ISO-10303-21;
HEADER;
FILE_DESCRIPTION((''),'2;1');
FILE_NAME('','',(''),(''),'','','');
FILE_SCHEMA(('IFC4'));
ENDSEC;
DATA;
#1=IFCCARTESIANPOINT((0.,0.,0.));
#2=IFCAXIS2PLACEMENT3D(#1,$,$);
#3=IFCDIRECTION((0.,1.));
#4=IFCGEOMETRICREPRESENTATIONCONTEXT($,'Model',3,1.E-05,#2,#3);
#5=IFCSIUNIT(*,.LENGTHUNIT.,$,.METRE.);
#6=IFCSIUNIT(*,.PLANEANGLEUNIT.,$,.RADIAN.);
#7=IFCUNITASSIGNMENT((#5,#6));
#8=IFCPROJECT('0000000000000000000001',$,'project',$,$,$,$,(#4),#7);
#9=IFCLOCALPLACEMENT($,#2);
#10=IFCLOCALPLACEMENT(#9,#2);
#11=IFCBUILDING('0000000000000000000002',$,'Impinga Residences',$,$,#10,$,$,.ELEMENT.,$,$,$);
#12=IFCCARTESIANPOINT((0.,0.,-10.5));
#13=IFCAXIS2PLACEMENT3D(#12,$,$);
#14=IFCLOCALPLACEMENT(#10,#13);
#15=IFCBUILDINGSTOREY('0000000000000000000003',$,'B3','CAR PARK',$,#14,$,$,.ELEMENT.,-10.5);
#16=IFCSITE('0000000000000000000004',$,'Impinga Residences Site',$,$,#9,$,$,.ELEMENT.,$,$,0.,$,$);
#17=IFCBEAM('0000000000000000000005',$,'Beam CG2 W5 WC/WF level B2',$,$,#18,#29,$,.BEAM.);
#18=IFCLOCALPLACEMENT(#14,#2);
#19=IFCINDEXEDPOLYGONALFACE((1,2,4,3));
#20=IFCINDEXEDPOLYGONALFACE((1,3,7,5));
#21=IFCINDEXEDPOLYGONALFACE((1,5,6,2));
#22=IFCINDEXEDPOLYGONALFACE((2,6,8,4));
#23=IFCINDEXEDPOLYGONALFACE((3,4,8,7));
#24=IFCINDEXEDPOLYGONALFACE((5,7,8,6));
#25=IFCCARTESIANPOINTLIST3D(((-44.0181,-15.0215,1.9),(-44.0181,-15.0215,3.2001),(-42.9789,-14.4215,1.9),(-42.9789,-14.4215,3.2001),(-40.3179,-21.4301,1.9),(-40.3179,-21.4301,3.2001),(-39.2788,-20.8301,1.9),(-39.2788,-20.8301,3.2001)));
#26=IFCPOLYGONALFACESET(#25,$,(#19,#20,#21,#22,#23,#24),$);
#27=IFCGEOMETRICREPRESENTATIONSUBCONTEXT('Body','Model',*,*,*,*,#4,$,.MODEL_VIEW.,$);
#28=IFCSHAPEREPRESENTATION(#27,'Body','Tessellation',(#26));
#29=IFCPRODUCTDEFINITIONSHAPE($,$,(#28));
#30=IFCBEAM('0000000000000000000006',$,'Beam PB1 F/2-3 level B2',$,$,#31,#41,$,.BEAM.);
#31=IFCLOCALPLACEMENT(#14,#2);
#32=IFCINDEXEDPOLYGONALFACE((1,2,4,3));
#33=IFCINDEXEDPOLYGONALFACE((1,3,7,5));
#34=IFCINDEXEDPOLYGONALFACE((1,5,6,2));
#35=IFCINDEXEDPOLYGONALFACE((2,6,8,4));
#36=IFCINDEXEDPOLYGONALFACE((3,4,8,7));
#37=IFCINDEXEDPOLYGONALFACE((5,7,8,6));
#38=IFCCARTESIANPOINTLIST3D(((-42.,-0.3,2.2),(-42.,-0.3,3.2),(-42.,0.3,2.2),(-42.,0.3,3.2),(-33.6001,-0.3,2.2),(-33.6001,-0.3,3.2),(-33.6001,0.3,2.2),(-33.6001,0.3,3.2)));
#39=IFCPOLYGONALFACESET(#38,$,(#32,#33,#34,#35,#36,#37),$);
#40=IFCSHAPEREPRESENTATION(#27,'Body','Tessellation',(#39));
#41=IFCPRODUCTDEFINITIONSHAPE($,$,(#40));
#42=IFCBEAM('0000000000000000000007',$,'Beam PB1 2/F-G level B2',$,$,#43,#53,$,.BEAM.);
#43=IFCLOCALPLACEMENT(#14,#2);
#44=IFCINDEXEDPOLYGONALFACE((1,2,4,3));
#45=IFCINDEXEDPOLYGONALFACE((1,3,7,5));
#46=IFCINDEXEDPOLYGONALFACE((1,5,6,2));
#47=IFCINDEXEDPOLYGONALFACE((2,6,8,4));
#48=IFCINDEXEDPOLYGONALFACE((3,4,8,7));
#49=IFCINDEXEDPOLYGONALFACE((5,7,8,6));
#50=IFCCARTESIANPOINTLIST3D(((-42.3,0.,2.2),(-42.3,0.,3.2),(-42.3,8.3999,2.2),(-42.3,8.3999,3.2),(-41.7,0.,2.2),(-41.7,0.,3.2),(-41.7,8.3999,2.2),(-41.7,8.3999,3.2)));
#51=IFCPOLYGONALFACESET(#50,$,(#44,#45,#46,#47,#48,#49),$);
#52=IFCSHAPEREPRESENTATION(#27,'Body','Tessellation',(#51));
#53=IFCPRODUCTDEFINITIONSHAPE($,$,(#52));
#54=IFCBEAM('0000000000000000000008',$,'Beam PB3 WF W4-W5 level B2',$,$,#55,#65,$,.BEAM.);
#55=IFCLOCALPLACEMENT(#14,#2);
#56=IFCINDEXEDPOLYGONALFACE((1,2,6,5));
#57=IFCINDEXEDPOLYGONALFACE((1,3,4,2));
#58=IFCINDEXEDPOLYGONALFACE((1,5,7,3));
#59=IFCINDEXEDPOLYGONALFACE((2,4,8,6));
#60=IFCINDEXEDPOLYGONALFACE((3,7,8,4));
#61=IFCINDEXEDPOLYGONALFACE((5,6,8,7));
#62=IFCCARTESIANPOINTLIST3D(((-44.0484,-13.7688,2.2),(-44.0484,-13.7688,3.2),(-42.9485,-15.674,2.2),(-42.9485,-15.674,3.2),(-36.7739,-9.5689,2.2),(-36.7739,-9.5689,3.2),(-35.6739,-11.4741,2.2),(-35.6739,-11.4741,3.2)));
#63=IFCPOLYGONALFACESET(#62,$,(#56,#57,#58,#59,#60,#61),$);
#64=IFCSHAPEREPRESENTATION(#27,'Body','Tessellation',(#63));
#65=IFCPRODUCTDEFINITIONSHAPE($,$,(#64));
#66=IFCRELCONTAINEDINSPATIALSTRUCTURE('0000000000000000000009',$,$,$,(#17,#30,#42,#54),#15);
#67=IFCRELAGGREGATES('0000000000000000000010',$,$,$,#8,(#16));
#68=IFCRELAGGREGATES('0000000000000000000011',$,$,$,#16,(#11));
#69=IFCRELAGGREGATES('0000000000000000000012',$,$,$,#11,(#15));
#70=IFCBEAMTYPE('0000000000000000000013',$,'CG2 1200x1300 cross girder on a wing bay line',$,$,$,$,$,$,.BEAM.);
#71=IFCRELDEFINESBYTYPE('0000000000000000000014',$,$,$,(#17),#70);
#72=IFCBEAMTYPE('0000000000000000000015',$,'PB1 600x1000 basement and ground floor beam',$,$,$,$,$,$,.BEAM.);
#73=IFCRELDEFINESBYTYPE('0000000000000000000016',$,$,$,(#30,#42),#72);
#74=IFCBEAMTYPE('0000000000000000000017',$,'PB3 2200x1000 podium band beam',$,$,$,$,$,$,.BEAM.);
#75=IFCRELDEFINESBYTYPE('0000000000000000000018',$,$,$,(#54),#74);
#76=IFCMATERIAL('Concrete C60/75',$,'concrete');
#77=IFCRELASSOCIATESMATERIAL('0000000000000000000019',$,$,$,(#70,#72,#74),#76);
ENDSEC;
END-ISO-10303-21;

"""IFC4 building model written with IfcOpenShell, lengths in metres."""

from ifc_helpers import new_model, si_unit, direction, frame, origin, origin_2d, place, context, subcontext, project, spatial, rectangle, extrude, material, material_profile, profile_set, type_object, element, save


model = new_model("IFC4")

# Units and contexts
model_context = context("Model", 3, precision=1e-05, world=origin(), true_north=direction((0.0, 1.0)))
body_context = subcontext(model_context, "Body", "Model", "MODEL_VIEW")
ifc_project = project(units=[si_unit("LENGTHUNIT", "METRE"), si_unit("PLANEANGLEUNIT", "RADIAN")], contexts=[model_context])

# Site, building, storey
site_placement = place(None, origin())
site = spatial("IfcSite", under=ifc_project, at=site_placement, Name="Impinga Residences Site", CompositionType="ELEMENT", RefElevation=0.0)
building_placement = place(site_placement, origin())
building = spatial("IfcBuilding", under=site, at=building_placement, Name="Impinga Residences", CompositionType="ELEMENT")
storey_placement = place(building_placement, frame((0.0, 0.0, -10.5)))
storey = spatial("IfcBuildingStorey", under=building, at=storey_placement, Name="B3", Description="CAR PARK", CompositionType="ELEMENT", Elevation=-10.5)

# Beams
ifc_material_1 = material(Name="Concrete C60/75", Category="concrete")
ifc_material_profile_1 = material_profile(ifc_material_1, rectangle(XDim=1.2, YDim=1.3, at=origin_2d()), Name="RC 1200x1300")
ifc_profile_set_1 = profile_set([ifc_material_profile_1], Name="Concrete C60/75")
beam_type_1 = type_object("IfcBeamType", Name="CG2 1200x1300 cross girder on a wing bay line", PredefinedType="BEAM", material=ifc_profile_set_1)
beam_1_placement = place(storey_placement, frame((-39.7983, -21.1301, 2.55), z_axis=(-0.500014, 0.866017, 0.0), x_axis=(-0.866017, -0.500014, 0.0)))
element("IfcBeam", 1, at=beam_1_placement, inside=storey, type_object=beam_type_1, Name="Beam CG2 W5 WC/WF level B2", PredefinedType="BEAM", context=body_context, shape_type="SweptSolid", body=[
    extrude(rectangle(XDim=1.2, YDim=1.3, at=origin_2d()), origin(), (0.0, 0.0, 1.0), 7.4001),
])
ifc_material_profile_2 = material_profile(ifc_material_1, rectangle(XDim=0.6001, YDim=1.0, at=origin_2d()), Name="RC 600x1000")
ifc_profile_set_2 = profile_set([ifc_material_profile_2], Name="Concrete C60/75")
beam_type_2 = type_object("IfcBeamType", Name="PB1 600x1000 basement and ground floor beam", PredefinedType="BEAM", material=ifc_profile_set_2)
for number, where, z_axis, x_axis, name in (
    (2, (-42.0, 0.0, 2.7), (1.0, 0.0, 0.0), (0.0, 1.0, 0.0), "Beam PB1 F/2-3 level B2"),
    (3, (-42.0, 0.0, 2.7), (0.0, 1.0, 0.0), (-1.0, 0.0, 0.0), "Beam PB1 2/F-G level B2"),
):
    element("IfcBeam", number, at=place(storey_placement, frame(where, z_axis=z_axis, x_axis=x_axis)), inside=storey, type_object=beam_type_2, Name=name, PredefinedType="BEAM", context=body_context, shape_type="SweptSolid", body=[
        extrude(rectangle(XDim=0.6001, YDim=1.0, at=origin_2d()), origin(), (0.0, 0.0, 1.0), 8.3999),
    ])
ifc_material_profile_3 = material_profile(ifc_material_1, rectangle(XDim=2.2, YDim=1.0, at=origin_2d()), Name="RC 2200x1000")
ifc_profile_set_3 = profile_set([ifc_material_profile_3], Name="Concrete C60/75")
beam_type_3 = type_object("IfcBeamType", Name="PB3 2200x1000 podium band beam", PredefinedType="BEAM", material=ifc_profile_set_3)
beam_2_placement = place(storey_placement, frame((-36.2239, -10.5215, 2.7), z_axis=(-0.866029, -0.499993, 0.0), x_axis=(0.499993, -0.866029, 0.0)))
element("IfcBeam", 4, at=beam_2_placement, inside=storey, type_object=beam_type_3, Name="Beam PB3 WF W4-W5 level B2", PredefinedType="BEAM", context=body_context, shape_type="SweptSolid", body=[
    extrude(rectangle(XDim=2.2, YDim=1.0, at=origin_2d()), origin(), (0.0, 0.0, 1.0), 8.3999),
])

save(model, "model.ifc")
